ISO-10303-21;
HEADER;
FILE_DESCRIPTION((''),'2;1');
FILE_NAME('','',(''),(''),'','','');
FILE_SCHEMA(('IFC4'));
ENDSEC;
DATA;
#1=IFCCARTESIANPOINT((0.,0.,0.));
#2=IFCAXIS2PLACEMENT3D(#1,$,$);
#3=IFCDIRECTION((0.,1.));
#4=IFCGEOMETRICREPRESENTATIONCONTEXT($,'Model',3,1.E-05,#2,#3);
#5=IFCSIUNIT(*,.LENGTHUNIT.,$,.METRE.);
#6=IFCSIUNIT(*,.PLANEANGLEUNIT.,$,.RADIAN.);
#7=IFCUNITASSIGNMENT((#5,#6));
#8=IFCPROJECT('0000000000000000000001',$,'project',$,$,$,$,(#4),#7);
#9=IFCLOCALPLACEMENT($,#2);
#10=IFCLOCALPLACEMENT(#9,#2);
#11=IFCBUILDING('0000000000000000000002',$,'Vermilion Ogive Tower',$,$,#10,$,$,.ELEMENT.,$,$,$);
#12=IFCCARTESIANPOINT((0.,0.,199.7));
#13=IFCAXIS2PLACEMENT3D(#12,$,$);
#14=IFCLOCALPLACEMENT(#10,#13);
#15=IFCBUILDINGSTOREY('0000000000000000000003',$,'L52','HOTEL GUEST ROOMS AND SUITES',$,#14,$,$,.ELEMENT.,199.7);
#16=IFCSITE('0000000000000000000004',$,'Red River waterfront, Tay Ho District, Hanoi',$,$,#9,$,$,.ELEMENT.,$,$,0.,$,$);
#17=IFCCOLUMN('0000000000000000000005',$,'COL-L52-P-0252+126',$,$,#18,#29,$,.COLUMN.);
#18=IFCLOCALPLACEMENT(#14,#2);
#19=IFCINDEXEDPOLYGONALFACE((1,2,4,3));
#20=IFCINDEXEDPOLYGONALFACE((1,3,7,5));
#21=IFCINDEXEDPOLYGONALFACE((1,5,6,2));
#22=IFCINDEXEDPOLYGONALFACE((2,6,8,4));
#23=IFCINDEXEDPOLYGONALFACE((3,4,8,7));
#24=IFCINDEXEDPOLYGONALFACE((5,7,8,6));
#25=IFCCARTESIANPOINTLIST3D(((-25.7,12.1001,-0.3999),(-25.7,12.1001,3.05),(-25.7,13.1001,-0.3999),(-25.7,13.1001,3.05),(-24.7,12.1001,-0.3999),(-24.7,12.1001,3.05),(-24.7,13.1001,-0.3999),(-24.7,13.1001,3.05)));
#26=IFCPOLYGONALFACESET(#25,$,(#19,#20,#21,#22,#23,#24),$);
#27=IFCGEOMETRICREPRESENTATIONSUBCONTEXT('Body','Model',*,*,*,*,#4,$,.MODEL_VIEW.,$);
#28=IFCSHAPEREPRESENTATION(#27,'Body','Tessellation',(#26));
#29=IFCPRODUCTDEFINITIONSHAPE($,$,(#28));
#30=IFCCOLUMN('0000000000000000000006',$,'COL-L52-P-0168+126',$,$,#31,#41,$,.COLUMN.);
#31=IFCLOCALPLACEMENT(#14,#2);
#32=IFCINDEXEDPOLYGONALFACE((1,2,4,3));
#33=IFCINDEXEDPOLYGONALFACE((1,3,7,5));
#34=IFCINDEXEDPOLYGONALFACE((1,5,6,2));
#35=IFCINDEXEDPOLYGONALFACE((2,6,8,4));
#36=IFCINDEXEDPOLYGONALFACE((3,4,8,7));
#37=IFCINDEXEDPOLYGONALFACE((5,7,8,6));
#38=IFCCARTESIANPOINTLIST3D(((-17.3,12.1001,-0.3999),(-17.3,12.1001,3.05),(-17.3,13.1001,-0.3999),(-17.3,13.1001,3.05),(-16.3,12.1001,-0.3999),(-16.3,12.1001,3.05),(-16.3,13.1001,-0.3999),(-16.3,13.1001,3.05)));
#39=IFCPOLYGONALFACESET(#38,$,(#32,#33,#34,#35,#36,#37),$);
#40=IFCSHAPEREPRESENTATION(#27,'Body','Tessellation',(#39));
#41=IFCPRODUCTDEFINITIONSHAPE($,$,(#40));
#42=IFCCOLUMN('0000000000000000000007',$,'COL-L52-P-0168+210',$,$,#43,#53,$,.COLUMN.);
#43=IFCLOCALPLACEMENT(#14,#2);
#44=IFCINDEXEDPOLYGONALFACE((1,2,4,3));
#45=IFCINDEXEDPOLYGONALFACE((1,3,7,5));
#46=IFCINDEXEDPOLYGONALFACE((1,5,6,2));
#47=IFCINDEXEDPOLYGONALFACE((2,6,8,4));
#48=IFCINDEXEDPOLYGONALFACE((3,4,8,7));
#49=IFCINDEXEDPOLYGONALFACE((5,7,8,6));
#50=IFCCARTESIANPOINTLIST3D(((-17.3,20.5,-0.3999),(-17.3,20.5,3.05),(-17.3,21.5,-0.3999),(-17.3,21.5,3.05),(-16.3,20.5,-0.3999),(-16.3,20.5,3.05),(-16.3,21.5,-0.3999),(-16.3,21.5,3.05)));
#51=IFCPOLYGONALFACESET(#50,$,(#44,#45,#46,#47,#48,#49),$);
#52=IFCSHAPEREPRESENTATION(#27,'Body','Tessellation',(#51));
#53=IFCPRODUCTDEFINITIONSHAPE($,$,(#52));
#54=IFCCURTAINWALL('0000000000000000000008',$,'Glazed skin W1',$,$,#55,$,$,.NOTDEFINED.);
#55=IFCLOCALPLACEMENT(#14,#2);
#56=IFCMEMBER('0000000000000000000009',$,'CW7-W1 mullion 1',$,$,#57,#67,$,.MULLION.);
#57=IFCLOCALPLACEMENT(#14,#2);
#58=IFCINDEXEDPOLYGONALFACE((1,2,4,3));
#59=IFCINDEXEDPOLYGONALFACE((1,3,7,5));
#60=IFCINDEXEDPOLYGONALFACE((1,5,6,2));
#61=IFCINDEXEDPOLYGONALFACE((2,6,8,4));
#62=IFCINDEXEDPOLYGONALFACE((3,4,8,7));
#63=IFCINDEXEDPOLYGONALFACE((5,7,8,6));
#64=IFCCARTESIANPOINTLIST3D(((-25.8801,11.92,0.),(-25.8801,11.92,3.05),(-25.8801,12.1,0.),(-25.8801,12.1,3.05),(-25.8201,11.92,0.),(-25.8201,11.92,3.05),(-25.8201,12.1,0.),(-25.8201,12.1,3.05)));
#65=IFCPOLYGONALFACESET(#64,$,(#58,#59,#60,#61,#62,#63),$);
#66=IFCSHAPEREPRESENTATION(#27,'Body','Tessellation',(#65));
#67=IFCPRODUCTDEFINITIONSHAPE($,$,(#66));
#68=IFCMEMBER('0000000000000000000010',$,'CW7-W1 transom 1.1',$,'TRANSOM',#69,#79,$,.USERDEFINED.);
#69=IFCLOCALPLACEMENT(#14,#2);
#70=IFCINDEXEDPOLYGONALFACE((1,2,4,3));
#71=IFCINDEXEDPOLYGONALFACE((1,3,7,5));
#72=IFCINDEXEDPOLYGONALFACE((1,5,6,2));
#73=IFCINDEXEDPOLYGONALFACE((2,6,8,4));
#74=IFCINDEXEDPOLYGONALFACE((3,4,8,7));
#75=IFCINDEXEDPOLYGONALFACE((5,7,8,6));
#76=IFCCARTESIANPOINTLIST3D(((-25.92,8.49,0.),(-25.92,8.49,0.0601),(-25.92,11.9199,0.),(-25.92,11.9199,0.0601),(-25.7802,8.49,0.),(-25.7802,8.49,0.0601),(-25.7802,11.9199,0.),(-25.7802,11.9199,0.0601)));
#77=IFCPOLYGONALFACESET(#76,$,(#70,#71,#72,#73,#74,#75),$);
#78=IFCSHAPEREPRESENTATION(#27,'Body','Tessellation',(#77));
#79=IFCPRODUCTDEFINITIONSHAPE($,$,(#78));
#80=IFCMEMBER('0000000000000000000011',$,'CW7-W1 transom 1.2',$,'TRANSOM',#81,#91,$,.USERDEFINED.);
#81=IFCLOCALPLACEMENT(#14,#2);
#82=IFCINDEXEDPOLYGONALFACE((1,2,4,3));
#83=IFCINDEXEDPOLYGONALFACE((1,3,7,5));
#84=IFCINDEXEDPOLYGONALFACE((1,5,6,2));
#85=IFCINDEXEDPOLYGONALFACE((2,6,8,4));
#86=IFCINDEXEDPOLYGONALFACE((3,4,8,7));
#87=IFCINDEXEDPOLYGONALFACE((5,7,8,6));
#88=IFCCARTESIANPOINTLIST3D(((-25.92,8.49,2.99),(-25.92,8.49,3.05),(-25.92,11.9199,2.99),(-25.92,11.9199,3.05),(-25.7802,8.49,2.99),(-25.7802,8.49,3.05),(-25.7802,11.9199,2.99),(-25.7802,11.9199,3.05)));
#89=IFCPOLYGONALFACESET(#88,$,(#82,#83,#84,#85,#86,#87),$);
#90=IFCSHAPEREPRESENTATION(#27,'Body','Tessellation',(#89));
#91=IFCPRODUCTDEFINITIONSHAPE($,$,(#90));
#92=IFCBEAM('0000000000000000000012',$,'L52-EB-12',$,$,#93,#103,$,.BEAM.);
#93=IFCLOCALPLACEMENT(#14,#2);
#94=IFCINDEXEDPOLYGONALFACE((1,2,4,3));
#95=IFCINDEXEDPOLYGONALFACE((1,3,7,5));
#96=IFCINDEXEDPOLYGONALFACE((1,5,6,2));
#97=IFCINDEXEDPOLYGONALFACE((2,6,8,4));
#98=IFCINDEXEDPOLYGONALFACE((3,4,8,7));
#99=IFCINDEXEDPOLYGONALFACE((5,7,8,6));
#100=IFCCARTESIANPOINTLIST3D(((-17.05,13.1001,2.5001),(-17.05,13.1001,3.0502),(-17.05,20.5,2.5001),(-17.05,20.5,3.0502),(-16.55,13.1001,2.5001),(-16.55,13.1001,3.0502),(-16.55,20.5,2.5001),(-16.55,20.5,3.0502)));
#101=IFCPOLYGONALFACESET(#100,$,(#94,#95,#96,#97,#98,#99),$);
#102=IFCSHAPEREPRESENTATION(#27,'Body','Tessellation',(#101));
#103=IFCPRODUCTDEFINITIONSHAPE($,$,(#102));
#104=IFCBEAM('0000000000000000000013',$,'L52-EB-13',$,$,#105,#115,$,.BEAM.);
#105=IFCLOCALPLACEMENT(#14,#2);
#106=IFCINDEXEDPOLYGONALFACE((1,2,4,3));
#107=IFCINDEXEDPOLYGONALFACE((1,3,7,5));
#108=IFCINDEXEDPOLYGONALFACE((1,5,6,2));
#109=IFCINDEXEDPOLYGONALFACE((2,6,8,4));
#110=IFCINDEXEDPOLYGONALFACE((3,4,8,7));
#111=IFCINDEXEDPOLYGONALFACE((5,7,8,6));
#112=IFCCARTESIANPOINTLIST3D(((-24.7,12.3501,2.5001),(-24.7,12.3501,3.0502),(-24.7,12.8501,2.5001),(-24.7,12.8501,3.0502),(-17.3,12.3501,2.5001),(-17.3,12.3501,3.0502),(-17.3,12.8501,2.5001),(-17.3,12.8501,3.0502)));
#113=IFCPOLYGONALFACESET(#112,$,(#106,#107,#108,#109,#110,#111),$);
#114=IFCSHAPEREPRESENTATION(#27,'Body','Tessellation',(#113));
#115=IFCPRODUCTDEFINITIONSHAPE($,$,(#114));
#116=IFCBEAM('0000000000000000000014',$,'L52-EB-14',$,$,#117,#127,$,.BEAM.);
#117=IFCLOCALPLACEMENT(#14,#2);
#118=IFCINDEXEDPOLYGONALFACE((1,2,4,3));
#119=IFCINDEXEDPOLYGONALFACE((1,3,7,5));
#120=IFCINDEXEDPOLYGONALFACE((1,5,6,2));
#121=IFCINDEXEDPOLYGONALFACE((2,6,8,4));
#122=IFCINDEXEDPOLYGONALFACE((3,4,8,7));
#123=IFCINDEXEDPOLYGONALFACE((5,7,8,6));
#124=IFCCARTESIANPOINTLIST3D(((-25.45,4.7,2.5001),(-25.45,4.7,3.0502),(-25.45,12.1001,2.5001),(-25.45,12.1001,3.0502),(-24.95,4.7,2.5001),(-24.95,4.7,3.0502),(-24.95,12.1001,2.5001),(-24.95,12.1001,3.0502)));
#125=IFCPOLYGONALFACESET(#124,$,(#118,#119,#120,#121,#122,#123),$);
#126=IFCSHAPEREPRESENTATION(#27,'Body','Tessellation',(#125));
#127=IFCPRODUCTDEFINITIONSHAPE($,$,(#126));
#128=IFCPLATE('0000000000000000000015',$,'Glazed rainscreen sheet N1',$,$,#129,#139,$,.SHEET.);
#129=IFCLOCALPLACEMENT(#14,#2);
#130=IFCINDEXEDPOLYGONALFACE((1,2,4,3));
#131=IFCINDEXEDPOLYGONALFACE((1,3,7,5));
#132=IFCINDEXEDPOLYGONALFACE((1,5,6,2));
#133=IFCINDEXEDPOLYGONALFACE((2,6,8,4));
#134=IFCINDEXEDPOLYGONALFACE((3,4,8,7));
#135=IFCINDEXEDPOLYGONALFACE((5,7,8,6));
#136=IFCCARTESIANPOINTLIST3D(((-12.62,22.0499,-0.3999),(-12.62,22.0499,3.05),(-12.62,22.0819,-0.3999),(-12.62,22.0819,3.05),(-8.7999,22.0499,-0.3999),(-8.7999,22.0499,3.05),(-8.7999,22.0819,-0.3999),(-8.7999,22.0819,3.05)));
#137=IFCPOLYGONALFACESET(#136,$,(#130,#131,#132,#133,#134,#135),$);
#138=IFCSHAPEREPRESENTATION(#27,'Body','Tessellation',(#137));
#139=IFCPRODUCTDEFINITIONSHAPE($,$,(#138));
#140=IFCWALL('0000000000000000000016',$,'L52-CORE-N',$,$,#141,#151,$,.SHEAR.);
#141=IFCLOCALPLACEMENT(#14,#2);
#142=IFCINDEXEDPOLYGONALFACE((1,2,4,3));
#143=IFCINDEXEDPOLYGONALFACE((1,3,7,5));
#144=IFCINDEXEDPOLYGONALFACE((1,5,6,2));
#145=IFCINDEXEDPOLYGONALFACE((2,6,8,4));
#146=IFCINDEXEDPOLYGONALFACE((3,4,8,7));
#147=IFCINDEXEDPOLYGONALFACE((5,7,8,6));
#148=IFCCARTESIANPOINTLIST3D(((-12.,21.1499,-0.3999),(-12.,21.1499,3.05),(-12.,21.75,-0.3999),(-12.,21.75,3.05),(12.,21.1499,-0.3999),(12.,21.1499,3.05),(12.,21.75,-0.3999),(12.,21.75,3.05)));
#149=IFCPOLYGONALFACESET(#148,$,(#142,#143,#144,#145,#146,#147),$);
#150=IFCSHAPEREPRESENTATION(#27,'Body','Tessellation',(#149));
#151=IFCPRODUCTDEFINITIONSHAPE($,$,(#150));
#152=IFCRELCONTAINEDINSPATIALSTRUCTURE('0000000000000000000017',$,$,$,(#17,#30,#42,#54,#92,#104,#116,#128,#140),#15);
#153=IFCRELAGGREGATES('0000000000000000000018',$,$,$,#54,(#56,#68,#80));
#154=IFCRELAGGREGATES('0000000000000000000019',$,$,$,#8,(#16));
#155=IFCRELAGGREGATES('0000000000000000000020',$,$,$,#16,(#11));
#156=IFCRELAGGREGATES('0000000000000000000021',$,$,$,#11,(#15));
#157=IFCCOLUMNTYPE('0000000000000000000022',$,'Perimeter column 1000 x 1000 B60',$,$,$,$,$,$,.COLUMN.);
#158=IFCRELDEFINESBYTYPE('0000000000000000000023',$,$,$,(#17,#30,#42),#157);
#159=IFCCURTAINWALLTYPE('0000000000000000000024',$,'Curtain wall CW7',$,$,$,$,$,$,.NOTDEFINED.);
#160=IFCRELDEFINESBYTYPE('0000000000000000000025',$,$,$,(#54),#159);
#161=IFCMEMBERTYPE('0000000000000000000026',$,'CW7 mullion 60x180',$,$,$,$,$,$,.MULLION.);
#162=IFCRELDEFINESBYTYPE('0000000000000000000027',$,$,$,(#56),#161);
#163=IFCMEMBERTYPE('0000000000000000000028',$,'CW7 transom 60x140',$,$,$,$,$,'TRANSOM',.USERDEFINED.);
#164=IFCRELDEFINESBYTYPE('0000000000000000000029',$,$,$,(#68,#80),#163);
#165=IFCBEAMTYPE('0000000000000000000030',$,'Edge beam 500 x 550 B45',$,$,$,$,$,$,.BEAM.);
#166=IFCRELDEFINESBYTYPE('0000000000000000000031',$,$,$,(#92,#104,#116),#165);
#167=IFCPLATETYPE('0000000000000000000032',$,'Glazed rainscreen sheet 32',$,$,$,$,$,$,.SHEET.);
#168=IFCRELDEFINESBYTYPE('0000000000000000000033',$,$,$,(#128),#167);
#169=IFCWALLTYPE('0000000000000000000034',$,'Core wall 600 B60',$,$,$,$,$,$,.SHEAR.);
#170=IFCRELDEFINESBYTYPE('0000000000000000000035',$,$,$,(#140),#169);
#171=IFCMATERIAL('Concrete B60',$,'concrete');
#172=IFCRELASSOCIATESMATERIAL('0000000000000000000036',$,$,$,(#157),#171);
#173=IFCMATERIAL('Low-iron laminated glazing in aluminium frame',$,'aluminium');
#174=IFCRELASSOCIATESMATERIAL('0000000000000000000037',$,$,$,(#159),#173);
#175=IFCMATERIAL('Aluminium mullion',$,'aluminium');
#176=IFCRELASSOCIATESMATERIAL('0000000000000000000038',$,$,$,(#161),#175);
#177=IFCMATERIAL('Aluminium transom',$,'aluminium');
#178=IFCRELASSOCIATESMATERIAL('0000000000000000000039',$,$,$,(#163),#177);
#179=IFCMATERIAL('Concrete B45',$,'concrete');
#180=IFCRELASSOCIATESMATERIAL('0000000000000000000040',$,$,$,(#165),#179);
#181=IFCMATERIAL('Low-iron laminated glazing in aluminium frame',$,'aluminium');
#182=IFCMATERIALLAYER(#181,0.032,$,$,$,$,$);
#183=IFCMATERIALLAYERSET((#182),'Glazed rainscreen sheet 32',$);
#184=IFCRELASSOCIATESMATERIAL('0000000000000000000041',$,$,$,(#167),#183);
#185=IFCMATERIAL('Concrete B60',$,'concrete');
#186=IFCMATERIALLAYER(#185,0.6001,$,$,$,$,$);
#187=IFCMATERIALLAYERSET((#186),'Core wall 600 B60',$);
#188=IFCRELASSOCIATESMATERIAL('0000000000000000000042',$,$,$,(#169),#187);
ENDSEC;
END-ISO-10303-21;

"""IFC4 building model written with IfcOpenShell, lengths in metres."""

from ifc_helpers import new_model, si_unit, direction, frame, frame_2d, origin, origin_2d, place, context, subcontext, project, spatial, rectangle, extrude, material, layer, layer_set, material_profile, profile_set, type_object, element, aggregate, save


model = new_model("IFC4")

# Units and contexts
model_context = context("Model", 3, precision=1e-05, world=origin(), true_north=direction((0.0, 1.0)))
body_context = subcontext(model_context, "Body", "Model", "MODEL_VIEW")
ifc_project = project(units=[si_unit("LENGTHUNIT", "METRE"), si_unit("PLANEANGLEUNIT", "RADIAN")], contexts=[model_context])

# Site, building, storey
site_placement = place(None, origin())
site = spatial("IfcSite", under=ifc_project, at=site_placement, Name="Red River waterfront, Tay Ho District, Hanoi", CompositionType="ELEMENT", RefElevation=0.0)
building_placement = place(site_placement, origin())
building = spatial("IfcBuilding", under=site, at=building_placement, Name="Vermilion Ogive Tower", CompositionType="ELEMENT")
storey_placement = place(building_placement, frame((0.0, 0.0, 199.7)))
storey = spatial("IfcBuildingStorey", under=building, at=storey_placement, Name="L52", Description="HOTEL GUEST ROOMS AND SUITES", CompositionType="ELEMENT", Elevation=199.7)

# Columns
ifc_material_1 = material(Name="Concrete B60", Category="concrete")
ifc_material_profile_1 = material_profile(ifc_material_1, rectangle(XDim=1.0, YDim=1.0, at=origin_2d()), Name="1000 x 1000")
ifc_profile_set_1 = profile_set([ifc_material_profile_1], Name="Concrete B60")
column_type = type_object("IfcColumnType", Name="Perimeter column 1000 x 1000 B60", PredefinedType="COLUMN", material=ifc_profile_set_1)
for number, where, z_axis, x_axis, name in (
    (1, (-25.2, 12.6001, -0.3999), (0.0, 0.0, 1.0), (1.0, 0.0, 0.0), "COL-L52-P-0252+126"),
    (2, (-16.8, 12.6001, -0.3999), (0.0, 0.0, 1.0), (1.0, 0.0, 0.0), "COL-L52-P-0168+126"),
    (3, (-16.8, 21.0, -0.3999), (0.0, 0.0, 1.0), (1.0, 0.0, 0.0), "COL-L52-P-0168+210"),
):
    element("IfcColumn", number, at=place(storey_placement, frame(where, z_axis=z_axis, x_axis=x_axis)), inside=storey, type_object=column_type, Name=name, PredefinedType="COLUMN", context=body_context, shape_type="SweptSolid", body=[
        extrude(rectangle(XDim=1.0, YDim=1.0, at=origin_2d()), origin(), (0.0, 0.0, 1.0), 3.45),
    ])

# Curtain wall, members
ifc_material_2 = material(Name="Low-iron laminated glazing in aluminium frame", Category="aluminium")
curtain_wall_type = type_object("IfcCurtainWallType", Name="Curtain wall CW7", PredefinedType="NOTDEFINED", material=ifc_material_2)
curtain_wall_placement = place(storey_placement, origin())
curtain_wall = element("IfcCurtainWall", 4, at=curtain_wall_placement, inside=storey, type_object=curtain_wall_type, Name="Glazed skin W1", PredefinedType="NOTDEFINED")
ifc_material_3 = material(Name="Aluminium mullion", Category="aluminium")
ifc_material_profile_2 = material_profile(ifc_material_3, rectangle(XDim=0.0601, YDim=0.1799, at=origin_2d()), Name="AL 60x180")
ifc_profile_set_2 = profile_set([ifc_material_profile_2], Name="Aluminium mullion")
member_type_1 = type_object("IfcMemberType", Name="CW7 mullion 60x180", PredefinedType="MULLION", material=ifc_profile_set_2)
member_1_placement = place(storey_placement, frame((-25.8501, 12.01, 0.0), z_axis=(0.0, 0.0, 1.0), x_axis=(1.0, 0.0, 0.0)))
member_1 = element("IfcMember", 5, at=member_1_placement, type_object=member_type_1, Name="CW7-W1 mullion 1", PredefinedType="MULLION", context=body_context, shape_type="SweptSolid", body=[
    extrude(rectangle(XDim=0.0601, YDim=0.1799, at=origin_2d()), origin(), (0.0, 0.0, 1.0), 3.05),
])
ifc_material_4 = material(Name="Aluminium transom", Category="aluminium")
ifc_material_profile_3 = material_profile(ifc_material_4, rectangle(XDim=0.1399, YDim=0.0601, at=origin_2d()), Name="AL 60x140")
ifc_profile_set_3 = profile_set([ifc_material_profile_3], Name="Aluminium transom")
member_type_2 = type_object("IfcMemberType", Name="CW7 transom 60x140", ElementType="TRANSOM", PredefinedType="USERDEFINED", material=ifc_profile_set_3)
member_2_placement = place(storey_placement, frame((-25.8501, 11.9199, 0.03), z_axis=(0.0, -1.0, 0.0), x_axis=(1.0, 0.0, 0.0)))
member_2 = element("IfcMember", 6, at=member_2_placement, type_object=member_type_2, Name="CW7-W1 transom 1.1", ObjectType="TRANSOM", PredefinedType="USERDEFINED", context=body_context, shape_type="SweptSolid", body=[
    extrude(rectangle(XDim=0.1399, YDim=0.0601, at=origin_2d()), origin(), (0.0, 0.0, 1.0), 3.4299),
])
member_3_placement = place(storey_placement, frame((-25.8501, 11.9199, 3.02), z_axis=(0.0, -1.0, 0.0), x_axis=(1.0, 0.0, 0.0)))
member_3 = element("IfcMember", 7, at=member_3_placement, type_object=member_type_2, Name="CW7-W1 transom 1.2", ObjectType="TRANSOM", PredefinedType="USERDEFINED", context=body_context, shape_type="SweptSolid", body=[
    extrude(rectangle(XDim=0.1399, YDim=0.0601, at=origin_2d()), origin(), (0.0, 0.0, 1.0), 3.4299),
])
aggregate(curtain_wall, [member_1, member_2, member_3])

# Beams
ifc_material_5 = material(Name="Concrete B45", Category="concrete")
ifc_material_profile_4 = material_profile(ifc_material_5, rectangle(XDim=0.5, YDim=0.55, at=origin_2d()), Name="500 x 550")
ifc_profile_set_4 = profile_set([ifc_material_profile_4], Name="Concrete B45")
beam_type = type_object("IfcBeamType", Name="Edge beam 500 x 550 B45", PredefinedType="BEAM", material=ifc_profile_set_4)
for number, where, z_axis, x_axis, name in (
    (8, (-16.8, 20.5, 2.7751), (0.0, -1.0, 0.0), (1.0, 0.0, 0.0), "L52-EB-12"),
    (9, (-17.3, 12.6001, 2.7751), (-1.0, 0.0, 0.0), (0.0, -1.0, 0.0), "L52-EB-13"),
):
    element("IfcBeam", number, at=place(storey_placement, frame(where, z_axis=z_axis, x_axis=x_axis)), inside=storey, type_object=beam_type, Name=name, PredefinedType="BEAM", context=body_context, shape_type="SweptSolid", body=[
        extrude(rectangle(XDim=0.5, YDim=0.55, at=origin_2d()), origin(), (0.0, 0.0, 1.0), 7.3999),
    ])
beam_placement = place(storey_placement, frame((-25.2, 12.1001, 2.7751), z_axis=(0.0, -1.0, 0.0), x_axis=(1.0, 0.0, 0.0)))
element("IfcBeam", 10, at=beam_placement, inside=storey, type_object=beam_type, Name="L52-EB-14", PredefinedType="BEAM", context=body_context, shape_type="SweptSolid", body=[
    extrude(rectangle(XDim=0.5, YDim=0.55, at=origin_2d()), origin(), (0.0, 0.0, 1.0), 7.4001),
])

# Plate
ifc_material_6 = material(Name="Low-iron laminated glazing in aluminium frame", Category="aluminium")
ifc_layer_1 = layer(ifc_material_6, 0.032)
ifc_layer_set_1 = layer_set([ifc_layer_1], Name="Glazed rainscreen sheet 32")
plate_type = type_object("IfcPlateType", Name="Glazed rainscreen sheet 32", PredefinedType="SHEET", material=ifc_layer_set_1)
plate_placement = place(storey_placement, frame((-10.71, 22.0659, -0.3999), z_axis=(0.0, 0.0, 1.0), x_axis=(1.0, 0.0, 0.0)))
element("IfcPlate", 11, at=plate_placement, inside=storey, type_object=plate_type, Name="Glazed rainscreen sheet N1", PredefinedType="SHEET", context=body_context, shape_type="SweptSolid", body=[
    extrude(rectangle(XDim=3.8201, YDim=0.032, at=origin_2d()), origin(), (0.0, 0.0, 1.0), 3.45),
])

# Wall
ifc_material_7 = material(Name="Concrete B60", Category="concrete")
ifc_layer_2 = layer(ifc_material_7, 0.6001)
ifc_layer_set_2 = layer_set([ifc_layer_2], Name="Core wall 600 B60")
wall_type_1 = type_object("IfcWallType", Name="Core wall 600 B60", PredefinedType="SHEAR", material=ifc_layer_set_2)
wall_1_placement = place(storey_placement, frame((-12.0, 21.45, -0.3999), z_axis=(0.0, 0.0, 1.0), x_axis=(1.0, 0.0, 0.0)))
element("IfcWall", 12, at=wall_1_placement, inside=storey, type_object=wall_type_1, Name="L52-CORE-N", PredefinedType="SHEAR", context=body_context, shape_type="SweptSolid", body=[
    extrude(rectangle(XDim=24.0, YDim=0.6001, at=frame_2d((12.0, 0.0))), origin(), (0.0, 0.0, 1.0), 3.45),
])

save(model, "model.ifc")
